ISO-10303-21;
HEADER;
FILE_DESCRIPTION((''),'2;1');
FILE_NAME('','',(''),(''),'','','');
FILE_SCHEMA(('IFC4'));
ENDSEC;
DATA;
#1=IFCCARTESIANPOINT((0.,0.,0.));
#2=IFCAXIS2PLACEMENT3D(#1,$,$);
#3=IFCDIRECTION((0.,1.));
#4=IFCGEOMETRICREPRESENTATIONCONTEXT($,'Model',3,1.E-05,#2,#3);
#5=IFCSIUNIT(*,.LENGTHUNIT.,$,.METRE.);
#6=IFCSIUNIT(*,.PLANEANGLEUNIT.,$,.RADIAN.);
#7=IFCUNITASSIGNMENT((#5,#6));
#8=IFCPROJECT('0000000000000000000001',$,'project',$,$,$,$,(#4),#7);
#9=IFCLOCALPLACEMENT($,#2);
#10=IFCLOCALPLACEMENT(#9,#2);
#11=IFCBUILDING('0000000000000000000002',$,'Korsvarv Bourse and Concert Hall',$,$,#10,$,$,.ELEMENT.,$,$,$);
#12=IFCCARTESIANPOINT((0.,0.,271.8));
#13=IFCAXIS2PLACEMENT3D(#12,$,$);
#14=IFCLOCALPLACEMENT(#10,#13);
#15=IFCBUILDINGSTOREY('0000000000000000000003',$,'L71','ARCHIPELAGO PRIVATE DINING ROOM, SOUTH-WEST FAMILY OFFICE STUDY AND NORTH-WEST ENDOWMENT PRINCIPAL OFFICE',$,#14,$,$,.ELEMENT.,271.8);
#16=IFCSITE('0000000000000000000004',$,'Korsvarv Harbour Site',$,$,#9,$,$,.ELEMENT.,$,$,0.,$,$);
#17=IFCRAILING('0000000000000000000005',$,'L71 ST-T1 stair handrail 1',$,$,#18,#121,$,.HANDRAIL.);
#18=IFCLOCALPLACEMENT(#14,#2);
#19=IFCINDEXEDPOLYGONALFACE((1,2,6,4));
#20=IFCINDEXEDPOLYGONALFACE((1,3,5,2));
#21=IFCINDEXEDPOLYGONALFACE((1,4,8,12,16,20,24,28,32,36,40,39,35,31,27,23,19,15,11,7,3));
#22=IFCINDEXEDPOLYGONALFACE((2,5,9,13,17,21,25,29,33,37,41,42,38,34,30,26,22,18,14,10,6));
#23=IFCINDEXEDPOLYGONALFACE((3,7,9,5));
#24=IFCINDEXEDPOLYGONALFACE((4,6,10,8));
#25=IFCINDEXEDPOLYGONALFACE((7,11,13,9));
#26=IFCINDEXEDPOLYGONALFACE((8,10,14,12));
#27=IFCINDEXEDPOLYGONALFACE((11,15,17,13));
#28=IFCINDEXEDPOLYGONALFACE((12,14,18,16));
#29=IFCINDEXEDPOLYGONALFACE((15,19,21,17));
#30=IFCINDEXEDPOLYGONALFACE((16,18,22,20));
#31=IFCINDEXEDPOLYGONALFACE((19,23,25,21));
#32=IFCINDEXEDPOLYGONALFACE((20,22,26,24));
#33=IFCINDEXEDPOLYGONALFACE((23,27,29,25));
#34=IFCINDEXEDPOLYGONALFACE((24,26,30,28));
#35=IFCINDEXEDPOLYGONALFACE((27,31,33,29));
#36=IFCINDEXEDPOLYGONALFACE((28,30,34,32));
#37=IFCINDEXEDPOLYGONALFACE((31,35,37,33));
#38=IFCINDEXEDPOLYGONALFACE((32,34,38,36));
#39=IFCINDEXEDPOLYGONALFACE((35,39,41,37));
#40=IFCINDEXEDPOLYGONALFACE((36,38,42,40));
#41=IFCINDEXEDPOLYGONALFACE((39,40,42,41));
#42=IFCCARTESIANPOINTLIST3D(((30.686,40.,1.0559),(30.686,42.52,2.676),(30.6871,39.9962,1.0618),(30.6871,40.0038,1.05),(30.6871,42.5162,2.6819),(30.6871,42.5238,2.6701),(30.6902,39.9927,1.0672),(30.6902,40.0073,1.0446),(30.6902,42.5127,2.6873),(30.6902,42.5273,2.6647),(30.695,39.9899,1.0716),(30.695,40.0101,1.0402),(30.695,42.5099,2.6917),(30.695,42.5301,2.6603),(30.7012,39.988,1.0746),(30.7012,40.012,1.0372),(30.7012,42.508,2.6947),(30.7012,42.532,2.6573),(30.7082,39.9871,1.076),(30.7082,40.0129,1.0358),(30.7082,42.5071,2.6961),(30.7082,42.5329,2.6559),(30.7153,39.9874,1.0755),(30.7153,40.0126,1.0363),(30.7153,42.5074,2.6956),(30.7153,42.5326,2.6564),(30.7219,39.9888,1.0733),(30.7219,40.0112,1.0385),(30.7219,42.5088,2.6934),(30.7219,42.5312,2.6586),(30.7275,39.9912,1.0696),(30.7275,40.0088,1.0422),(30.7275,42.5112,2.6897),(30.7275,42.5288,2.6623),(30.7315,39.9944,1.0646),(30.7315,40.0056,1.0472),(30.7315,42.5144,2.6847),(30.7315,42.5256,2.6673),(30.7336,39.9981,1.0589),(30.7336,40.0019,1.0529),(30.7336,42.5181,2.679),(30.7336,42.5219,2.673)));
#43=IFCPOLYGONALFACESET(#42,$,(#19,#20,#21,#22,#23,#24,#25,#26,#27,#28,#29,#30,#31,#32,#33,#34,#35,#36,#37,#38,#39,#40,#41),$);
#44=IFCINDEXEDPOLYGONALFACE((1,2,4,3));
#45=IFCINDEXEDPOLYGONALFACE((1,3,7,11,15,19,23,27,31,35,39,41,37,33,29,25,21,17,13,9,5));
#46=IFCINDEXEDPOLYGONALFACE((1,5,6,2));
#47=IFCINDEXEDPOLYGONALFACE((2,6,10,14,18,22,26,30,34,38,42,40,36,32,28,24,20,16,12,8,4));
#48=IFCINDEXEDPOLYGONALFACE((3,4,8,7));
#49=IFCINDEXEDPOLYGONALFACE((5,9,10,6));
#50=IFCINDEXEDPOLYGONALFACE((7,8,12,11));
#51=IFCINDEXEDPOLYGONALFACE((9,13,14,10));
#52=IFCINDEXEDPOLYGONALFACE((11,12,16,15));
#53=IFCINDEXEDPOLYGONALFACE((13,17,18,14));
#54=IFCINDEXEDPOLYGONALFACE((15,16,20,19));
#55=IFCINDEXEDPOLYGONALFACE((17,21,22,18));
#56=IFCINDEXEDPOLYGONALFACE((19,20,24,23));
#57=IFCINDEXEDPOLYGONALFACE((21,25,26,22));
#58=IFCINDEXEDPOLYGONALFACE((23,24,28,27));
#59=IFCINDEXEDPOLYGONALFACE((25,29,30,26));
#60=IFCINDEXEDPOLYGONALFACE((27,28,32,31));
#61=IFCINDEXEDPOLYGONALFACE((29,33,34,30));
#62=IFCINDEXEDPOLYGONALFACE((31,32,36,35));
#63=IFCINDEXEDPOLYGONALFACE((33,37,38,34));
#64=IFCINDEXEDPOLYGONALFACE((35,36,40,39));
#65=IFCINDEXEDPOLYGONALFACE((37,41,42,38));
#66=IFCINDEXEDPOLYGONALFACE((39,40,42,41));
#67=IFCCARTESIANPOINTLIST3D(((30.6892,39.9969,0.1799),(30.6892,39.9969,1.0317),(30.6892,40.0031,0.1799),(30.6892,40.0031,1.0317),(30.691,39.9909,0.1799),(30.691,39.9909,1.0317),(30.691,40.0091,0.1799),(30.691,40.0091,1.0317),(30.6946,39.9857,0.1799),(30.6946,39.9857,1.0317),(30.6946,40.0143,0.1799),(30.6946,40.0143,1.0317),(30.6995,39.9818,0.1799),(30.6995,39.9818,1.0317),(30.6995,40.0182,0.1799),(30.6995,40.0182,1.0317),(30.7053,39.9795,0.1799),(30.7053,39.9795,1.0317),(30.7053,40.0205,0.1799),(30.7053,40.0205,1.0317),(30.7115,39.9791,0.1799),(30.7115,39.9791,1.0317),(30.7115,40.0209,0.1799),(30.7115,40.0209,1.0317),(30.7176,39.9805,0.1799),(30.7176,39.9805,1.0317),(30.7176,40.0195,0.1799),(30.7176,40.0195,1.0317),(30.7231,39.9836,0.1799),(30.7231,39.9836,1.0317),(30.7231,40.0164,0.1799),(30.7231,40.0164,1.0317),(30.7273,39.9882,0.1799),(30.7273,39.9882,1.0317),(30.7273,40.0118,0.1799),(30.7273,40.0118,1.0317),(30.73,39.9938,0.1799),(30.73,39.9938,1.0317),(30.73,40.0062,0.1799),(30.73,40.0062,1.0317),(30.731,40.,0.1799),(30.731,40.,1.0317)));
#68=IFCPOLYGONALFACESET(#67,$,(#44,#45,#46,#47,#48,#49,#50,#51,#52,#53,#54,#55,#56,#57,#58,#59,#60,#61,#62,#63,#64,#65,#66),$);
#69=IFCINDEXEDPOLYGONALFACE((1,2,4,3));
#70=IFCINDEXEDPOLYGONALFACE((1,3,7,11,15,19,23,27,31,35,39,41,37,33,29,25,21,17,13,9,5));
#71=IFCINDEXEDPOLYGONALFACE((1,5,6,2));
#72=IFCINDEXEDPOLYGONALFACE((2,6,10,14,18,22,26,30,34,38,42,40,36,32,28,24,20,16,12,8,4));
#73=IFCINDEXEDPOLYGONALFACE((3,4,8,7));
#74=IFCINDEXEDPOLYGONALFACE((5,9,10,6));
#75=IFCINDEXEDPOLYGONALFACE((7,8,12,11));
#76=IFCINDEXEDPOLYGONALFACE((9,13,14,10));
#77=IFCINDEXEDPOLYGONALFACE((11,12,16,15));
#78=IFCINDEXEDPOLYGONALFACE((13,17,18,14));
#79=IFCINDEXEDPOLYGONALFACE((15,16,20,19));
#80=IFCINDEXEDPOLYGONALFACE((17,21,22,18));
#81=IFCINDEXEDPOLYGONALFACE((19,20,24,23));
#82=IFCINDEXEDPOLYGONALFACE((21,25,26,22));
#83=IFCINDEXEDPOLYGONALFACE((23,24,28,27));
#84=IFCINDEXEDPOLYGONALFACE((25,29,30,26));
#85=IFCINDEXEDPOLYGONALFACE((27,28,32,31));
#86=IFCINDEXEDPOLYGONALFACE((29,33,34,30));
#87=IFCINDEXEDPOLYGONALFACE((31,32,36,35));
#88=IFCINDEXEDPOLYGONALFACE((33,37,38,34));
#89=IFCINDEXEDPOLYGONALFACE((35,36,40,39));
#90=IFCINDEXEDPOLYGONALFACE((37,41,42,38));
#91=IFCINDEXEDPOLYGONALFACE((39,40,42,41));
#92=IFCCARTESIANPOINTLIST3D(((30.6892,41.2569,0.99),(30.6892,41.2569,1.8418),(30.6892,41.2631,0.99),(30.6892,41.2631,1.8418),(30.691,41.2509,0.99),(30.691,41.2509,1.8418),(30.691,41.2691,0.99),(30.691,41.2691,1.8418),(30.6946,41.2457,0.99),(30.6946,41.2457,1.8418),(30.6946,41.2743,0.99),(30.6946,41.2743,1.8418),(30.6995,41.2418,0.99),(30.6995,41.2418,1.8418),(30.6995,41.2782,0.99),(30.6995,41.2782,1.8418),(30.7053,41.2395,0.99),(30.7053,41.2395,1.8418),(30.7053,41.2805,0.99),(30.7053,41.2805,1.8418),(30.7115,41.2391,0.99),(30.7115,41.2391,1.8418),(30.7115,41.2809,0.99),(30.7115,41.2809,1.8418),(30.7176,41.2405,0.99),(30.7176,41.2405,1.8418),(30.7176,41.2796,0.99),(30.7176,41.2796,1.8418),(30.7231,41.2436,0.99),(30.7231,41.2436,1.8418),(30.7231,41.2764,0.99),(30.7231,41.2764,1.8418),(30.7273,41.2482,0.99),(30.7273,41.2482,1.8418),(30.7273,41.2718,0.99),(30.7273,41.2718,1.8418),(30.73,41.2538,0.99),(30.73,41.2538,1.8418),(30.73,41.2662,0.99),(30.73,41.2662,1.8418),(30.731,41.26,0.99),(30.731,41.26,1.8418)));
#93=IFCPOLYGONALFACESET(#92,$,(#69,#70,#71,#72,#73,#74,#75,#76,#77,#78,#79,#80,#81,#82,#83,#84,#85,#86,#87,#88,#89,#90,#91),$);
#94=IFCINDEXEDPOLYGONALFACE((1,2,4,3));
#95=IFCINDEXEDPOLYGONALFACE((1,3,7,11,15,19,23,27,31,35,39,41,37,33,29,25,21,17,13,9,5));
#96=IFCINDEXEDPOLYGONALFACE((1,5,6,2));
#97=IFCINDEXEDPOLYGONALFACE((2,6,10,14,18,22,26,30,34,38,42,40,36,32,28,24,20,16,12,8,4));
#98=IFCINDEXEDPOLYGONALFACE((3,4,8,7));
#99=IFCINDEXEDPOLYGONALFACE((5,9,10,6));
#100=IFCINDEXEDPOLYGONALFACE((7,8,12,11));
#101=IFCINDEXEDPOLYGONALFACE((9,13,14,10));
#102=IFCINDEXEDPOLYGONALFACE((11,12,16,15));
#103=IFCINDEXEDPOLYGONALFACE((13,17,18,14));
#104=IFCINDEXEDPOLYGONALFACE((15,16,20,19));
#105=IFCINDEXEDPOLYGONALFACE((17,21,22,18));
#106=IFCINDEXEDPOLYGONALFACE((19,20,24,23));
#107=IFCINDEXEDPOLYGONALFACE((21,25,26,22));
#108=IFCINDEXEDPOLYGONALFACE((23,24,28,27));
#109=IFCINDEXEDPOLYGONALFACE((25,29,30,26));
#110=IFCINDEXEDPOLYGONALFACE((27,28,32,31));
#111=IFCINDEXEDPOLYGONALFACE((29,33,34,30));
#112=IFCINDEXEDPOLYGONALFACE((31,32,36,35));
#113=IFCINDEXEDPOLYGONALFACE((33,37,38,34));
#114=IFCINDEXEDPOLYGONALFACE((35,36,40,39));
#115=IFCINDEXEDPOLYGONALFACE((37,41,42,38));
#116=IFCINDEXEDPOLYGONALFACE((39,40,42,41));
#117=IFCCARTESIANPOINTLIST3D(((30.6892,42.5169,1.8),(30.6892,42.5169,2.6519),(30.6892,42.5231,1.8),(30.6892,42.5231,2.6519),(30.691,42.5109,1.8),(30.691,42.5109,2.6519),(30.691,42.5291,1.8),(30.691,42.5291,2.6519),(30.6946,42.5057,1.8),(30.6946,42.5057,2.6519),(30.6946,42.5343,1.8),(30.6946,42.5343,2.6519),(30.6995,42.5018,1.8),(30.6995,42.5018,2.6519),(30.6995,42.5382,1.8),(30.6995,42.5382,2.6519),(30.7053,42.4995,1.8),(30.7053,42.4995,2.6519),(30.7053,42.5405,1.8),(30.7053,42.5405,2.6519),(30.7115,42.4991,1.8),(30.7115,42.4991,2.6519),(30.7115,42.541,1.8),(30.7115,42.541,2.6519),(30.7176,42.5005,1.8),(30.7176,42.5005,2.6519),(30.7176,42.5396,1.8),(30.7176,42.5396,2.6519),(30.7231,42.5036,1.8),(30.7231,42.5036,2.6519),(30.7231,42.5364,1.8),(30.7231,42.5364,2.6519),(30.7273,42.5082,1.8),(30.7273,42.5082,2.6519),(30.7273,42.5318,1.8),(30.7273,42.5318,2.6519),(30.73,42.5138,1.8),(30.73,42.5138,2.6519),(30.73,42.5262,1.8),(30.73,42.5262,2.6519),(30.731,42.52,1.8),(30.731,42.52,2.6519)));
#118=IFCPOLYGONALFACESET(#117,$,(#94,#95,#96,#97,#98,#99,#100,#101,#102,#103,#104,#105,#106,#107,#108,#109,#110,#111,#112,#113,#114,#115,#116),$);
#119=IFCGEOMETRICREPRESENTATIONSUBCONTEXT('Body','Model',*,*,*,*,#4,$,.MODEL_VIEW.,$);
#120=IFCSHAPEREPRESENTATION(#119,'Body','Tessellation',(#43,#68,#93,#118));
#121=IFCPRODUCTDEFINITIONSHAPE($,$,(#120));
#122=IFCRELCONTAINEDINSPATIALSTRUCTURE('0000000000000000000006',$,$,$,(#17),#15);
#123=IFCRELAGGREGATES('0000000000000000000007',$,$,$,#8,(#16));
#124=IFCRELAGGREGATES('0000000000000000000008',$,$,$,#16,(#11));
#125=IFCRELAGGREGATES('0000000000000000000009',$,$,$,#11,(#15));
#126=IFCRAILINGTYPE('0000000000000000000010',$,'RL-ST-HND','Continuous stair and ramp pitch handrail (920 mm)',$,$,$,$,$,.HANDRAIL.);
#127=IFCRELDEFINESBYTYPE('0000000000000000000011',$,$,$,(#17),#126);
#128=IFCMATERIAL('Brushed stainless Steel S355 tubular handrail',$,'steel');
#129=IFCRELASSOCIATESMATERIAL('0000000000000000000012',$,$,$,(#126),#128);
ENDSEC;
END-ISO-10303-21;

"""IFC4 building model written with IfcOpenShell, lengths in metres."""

from ifc_helpers import new_model, si_unit, direction, frame, origin, origin_2d, place, context, subcontext, project, spatial, circle, extrude, material, type_object, element, save


model = new_model("IFC4")

# Units and contexts
model_context = context("Model", 3, precision=1e-05, world=origin(), true_north=direction((0.0, 1.0)))
body_context = subcontext(model_context, "Body", "Model", "MODEL_VIEW")
ifc_project = project(units=[si_unit("LENGTHUNIT", "METRE"), si_unit("PLANEANGLEUNIT", "RADIAN")], contexts=[model_context])

# Site, building, storey
site_placement = place(None, origin())
site = spatial("IfcSite", under=ifc_project, at=site_placement, Name="Korsvarv Harbour Site", CompositionType="ELEMENT", RefElevation=0.0)
building_placement = place(site_placement, origin())
building = spatial("IfcBuilding", under=site, at=building_placement, Name="Korsvarv Bourse and Concert Hall", CompositionType="ELEMENT")
storey_placement = place(building_placement, frame((0.0, 0.0, 271.8)))
storey = spatial("IfcBuildingStorey", under=building, at=storey_placement, Name="L71", Description="ARCHIPELAGO PRIVATE DINING ROOM, SOUTH-WEST FAMILY OFFICE STUDY AND NORTH-WEST ENDOWMENT PRINCIPAL OFFICE", CompositionType="ELEMENT", Elevation=271.8)

# Railing
ifc_material_1 = material(Name="Brushed stainless Steel S355 tubular handrail", Category="steel")
railing_type_1 = type_object("IfcRailingType", Name="RL-ST-HND", Description="Continuous stair and ramp pitch handrail (920 mm)", PredefinedType="HANDRAIL", material=ifc_material_1)
railing_1_placement = place(storey_placement, frame((30.71, 40.0, 0.1799)))
element("IfcRailing", 1, at=railing_1_placement, inside=storey, type_object=railing_type_1, Name="L71 ST-T1 stair handrail 1", PredefinedType="HANDRAIL", context=body_context, shape_type="SweptSolid", body=[
    extrude(circle(Radius=0.0239, at=origin_2d()), frame((0.0, 0.0, 0.876), z_axis=(0.0, 0.841163, 0.540782), x_axis=(-1.0, 0.0, 0.0)), (0.0, 0.0, 1.0), 2.9958),
    extrude(circle(Radius=0.021, at=origin_2d()), origin(), (0.0, 0.0, 1.0), 0.8518),
    extrude(circle(Radius=0.021, at=origin_2d()), frame((0.0, 1.26, 0.8101)), (0.0, 0.0, 1.0), 0.8518),
    extrude(circle(Radius=0.021, at=origin_2d()), frame((0.0, 2.52, 1.6201)), (0.0, 0.0, 1.0), 0.8518),
])

save(model, "model.ifc")
